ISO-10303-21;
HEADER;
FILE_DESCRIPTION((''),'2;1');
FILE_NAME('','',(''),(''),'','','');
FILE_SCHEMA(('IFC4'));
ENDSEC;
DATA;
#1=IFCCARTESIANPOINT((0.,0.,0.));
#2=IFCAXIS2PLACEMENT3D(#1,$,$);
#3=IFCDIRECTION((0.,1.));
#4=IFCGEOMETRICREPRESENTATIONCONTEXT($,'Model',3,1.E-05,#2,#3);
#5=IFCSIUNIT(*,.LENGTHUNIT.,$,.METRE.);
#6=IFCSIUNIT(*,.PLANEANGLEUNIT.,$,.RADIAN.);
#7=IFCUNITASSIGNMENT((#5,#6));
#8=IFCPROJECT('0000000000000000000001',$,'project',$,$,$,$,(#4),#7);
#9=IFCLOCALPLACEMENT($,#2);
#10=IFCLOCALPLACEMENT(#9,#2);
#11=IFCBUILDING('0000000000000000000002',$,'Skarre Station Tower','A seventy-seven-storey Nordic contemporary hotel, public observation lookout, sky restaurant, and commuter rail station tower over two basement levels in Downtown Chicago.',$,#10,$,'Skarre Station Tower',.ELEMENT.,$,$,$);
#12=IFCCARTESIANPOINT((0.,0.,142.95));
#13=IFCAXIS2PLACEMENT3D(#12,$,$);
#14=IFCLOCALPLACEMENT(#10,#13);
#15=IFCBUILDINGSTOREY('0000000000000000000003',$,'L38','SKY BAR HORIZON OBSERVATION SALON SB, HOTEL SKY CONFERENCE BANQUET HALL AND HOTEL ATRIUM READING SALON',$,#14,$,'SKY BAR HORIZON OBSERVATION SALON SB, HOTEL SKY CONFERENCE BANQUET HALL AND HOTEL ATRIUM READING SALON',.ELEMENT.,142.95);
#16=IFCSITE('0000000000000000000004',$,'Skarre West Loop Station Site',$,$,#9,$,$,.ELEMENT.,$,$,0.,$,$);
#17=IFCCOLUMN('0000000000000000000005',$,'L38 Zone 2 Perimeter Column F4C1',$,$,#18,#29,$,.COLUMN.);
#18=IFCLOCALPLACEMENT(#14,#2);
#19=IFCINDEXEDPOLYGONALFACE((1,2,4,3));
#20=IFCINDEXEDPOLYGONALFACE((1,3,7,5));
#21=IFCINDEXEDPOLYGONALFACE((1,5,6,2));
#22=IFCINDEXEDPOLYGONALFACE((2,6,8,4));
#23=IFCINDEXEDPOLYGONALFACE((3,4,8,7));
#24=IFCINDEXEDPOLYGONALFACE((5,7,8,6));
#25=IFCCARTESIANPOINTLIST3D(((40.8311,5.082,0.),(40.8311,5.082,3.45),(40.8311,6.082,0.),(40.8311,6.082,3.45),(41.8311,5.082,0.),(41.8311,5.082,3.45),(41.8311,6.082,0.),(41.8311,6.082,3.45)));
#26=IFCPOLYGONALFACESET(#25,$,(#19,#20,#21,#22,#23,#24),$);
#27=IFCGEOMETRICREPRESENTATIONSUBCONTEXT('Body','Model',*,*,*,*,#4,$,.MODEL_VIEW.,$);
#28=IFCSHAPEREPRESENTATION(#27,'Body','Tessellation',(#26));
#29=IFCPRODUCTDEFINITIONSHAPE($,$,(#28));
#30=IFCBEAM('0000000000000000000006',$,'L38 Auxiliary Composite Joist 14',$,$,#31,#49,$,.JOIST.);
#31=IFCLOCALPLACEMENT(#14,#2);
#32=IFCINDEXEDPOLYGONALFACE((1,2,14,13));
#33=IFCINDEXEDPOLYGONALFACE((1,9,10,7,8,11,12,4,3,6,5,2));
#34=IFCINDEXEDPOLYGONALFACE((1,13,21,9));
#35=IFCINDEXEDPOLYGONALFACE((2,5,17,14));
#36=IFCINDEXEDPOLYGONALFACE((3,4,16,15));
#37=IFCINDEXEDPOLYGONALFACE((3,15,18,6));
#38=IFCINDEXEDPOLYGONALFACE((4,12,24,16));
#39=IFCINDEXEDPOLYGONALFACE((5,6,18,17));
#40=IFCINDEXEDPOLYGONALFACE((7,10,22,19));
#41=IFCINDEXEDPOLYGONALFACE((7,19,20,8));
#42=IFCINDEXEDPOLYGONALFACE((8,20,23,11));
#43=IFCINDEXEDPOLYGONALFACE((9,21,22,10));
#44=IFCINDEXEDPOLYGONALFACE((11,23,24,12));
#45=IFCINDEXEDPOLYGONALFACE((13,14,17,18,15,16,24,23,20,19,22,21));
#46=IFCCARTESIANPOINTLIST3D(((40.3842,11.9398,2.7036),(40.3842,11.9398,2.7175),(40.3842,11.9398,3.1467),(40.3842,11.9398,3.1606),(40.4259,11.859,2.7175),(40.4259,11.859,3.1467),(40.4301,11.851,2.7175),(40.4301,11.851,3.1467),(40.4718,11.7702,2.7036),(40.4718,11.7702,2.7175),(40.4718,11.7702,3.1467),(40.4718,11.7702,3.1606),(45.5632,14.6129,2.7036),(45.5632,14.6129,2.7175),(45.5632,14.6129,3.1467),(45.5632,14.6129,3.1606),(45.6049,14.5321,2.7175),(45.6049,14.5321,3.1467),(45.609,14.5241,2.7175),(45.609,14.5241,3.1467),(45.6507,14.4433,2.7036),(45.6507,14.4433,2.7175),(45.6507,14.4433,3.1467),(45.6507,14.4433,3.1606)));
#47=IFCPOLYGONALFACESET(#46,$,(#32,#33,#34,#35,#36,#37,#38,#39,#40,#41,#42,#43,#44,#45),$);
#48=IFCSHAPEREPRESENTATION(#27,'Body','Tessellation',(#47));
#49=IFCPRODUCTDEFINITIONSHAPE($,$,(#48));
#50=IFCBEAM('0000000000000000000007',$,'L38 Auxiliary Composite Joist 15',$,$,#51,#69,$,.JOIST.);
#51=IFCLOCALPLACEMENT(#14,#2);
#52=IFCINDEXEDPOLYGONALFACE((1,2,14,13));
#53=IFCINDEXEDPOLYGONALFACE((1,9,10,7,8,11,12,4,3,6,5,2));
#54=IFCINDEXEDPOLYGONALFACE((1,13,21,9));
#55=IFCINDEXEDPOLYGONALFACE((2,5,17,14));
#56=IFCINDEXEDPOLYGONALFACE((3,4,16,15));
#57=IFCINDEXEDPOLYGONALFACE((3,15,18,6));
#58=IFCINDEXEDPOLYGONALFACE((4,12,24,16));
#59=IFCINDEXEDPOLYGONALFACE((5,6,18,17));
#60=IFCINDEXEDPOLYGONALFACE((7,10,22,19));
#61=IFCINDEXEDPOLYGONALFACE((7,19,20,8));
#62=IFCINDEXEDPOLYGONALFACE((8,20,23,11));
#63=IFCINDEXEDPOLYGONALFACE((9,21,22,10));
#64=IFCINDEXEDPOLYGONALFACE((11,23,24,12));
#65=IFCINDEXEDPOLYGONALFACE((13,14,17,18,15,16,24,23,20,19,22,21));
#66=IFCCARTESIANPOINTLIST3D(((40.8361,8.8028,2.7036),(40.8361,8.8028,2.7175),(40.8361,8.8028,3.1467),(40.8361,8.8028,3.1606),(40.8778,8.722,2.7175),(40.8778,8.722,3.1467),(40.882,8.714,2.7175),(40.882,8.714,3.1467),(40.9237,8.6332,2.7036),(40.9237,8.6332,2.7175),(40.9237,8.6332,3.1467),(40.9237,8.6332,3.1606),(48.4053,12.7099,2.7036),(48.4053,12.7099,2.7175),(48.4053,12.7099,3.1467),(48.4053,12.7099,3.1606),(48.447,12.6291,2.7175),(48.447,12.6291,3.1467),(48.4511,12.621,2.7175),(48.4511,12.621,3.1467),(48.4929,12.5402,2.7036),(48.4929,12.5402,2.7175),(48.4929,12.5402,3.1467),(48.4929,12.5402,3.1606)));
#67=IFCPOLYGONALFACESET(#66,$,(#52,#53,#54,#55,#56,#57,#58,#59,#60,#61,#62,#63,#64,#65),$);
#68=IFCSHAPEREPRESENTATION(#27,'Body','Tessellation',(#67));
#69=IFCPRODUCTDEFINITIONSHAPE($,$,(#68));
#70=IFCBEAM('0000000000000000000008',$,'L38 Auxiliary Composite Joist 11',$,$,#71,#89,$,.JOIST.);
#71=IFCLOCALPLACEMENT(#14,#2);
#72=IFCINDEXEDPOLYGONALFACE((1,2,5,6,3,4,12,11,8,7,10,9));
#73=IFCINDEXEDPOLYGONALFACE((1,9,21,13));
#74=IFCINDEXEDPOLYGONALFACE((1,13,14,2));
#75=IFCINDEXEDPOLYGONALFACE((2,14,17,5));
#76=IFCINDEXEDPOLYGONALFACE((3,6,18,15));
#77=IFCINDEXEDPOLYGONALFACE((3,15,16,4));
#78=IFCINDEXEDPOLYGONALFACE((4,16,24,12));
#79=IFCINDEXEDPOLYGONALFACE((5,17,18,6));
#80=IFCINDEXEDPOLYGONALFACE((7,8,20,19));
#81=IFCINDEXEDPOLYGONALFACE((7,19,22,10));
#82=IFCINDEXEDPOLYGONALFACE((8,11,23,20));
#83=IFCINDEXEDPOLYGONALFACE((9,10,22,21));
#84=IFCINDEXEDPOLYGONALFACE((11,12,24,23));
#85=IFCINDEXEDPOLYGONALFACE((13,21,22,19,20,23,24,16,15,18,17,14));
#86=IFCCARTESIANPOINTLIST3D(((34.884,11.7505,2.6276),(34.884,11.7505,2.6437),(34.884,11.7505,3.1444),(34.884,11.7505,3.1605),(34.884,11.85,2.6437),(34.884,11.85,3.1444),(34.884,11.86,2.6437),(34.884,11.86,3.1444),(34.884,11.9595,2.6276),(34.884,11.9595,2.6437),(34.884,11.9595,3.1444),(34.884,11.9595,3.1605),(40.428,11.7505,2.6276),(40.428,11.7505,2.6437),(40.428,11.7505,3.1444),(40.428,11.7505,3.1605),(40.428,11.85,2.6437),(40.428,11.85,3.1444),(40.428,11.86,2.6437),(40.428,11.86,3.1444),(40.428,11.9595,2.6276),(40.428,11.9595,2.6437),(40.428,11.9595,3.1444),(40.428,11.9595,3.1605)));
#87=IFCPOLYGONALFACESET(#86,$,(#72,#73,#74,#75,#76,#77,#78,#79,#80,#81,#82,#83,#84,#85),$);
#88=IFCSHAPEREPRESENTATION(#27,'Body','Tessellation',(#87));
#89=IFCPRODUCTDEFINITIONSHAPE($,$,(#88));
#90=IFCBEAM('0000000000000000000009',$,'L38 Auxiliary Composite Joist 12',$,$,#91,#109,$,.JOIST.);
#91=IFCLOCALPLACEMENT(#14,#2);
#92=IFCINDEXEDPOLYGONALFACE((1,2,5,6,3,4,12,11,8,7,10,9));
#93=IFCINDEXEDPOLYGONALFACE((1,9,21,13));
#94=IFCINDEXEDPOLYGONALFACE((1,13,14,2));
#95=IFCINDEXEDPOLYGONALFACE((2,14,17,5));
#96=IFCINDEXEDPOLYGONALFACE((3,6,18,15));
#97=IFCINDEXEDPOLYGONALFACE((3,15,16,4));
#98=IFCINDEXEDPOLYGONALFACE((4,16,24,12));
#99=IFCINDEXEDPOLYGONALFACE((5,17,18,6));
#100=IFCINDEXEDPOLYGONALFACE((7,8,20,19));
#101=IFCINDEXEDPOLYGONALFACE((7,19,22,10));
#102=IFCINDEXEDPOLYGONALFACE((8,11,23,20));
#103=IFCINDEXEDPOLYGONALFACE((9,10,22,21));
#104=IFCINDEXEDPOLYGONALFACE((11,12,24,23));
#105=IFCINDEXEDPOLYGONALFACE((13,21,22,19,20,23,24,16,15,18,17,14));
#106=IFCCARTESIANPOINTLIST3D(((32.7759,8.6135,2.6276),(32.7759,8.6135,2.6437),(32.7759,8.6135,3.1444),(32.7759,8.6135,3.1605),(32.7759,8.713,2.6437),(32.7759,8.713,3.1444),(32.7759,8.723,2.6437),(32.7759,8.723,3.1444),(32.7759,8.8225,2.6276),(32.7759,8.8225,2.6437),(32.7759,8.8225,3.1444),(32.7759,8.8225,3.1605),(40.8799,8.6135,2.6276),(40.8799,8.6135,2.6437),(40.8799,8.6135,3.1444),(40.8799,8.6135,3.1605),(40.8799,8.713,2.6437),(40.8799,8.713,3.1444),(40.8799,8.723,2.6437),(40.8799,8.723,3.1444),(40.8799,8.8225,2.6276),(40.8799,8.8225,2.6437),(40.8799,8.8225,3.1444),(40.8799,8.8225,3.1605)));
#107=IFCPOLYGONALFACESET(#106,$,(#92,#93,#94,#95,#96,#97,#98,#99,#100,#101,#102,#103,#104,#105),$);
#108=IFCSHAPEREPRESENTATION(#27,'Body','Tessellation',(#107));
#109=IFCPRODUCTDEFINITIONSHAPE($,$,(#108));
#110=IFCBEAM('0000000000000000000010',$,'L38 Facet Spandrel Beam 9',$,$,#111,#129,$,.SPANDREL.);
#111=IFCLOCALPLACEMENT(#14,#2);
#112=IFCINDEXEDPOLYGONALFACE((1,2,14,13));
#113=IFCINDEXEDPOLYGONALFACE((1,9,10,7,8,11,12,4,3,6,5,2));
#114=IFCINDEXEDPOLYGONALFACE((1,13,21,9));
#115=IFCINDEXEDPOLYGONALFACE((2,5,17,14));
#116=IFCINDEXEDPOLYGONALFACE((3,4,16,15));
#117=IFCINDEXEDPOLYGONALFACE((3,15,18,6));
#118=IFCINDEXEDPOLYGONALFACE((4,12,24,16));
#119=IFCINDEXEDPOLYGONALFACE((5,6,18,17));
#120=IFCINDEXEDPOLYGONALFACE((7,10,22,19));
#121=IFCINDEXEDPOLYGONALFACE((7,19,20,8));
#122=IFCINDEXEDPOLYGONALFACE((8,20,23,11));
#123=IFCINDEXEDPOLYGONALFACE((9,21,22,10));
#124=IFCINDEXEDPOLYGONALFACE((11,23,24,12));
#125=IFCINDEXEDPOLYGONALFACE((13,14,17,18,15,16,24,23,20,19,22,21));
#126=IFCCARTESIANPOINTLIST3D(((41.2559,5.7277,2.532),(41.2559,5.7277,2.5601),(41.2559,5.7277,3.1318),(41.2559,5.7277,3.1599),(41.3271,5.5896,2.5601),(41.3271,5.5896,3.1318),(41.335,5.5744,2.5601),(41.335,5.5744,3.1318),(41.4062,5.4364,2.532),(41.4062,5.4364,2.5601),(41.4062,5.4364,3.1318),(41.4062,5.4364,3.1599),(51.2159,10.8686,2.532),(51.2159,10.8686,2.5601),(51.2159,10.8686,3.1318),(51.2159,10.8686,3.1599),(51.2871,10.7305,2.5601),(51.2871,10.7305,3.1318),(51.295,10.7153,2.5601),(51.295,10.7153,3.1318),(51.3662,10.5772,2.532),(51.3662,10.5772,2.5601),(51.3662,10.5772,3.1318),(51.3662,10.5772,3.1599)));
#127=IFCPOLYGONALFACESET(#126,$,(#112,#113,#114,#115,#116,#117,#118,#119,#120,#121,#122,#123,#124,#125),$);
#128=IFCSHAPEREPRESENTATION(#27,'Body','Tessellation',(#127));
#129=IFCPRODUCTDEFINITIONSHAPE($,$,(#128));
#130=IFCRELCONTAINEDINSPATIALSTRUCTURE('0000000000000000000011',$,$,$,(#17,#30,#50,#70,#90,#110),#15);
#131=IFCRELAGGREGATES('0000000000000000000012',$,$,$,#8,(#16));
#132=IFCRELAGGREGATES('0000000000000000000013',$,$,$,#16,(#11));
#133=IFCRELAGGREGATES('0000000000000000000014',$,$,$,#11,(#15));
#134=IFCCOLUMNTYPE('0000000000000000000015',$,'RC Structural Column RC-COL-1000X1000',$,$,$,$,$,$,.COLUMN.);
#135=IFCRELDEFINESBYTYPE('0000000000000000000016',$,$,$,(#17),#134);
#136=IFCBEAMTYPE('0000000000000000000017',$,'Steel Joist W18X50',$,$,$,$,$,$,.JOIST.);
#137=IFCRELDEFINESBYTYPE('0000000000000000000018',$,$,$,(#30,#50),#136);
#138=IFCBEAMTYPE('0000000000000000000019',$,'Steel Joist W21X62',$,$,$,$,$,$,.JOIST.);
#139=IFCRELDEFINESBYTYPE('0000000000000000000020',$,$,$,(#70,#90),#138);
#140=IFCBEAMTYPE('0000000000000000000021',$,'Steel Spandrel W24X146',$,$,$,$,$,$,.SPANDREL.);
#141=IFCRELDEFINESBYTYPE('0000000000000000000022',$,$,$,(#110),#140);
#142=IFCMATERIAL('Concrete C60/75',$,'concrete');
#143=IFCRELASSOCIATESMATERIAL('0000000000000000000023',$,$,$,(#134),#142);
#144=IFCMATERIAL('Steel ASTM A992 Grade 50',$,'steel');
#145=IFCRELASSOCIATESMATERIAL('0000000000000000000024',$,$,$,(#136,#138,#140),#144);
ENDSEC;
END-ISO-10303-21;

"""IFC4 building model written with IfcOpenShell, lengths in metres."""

from ifc_helpers import new_model, si_unit, direction, frame, origin, origin_2d, place, context, subcontext, project, spatial, rectangle, i_section, extrude, material, material_profile, profile_set, type_object, element, save


model = new_model("IFC4")

# Units and contexts
model_context = context("Model", 3, precision=1e-05, world=origin(), true_north=direction((0.0, 1.0)))
body_context = subcontext(model_context, "Body", "Model", "MODEL_VIEW")
ifc_project = project(units=[si_unit("LENGTHUNIT", "METRE"), si_unit("PLANEANGLEUNIT", "RADIAN")], contexts=[model_context])

# Site, building, storey
site_placement = place(None, origin())
site = spatial("IfcSite", under=ifc_project, at=site_placement, Name="Skarre West Loop Station Site", CompositionType="ELEMENT", RefElevation=0.0)
building_placement = place(site_placement, origin())
building = spatial("IfcBuilding", under=site, at=building_placement, Name="Skarre Station Tower", Description="A seventy-seven-storey Nordic contemporary hotel, public observation lookout, sky restaurant, and commuter rail station tower over two basement levels in Downtown Chicago.", LongName="Skarre Station Tower", CompositionType="ELEMENT")
storey_placement = place(building_placement, frame((0.0, 0.0, 142.95)))
storey = spatial("IfcBuildingStorey", under=building, at=storey_placement, Name="L38", Description="SKY BAR HORIZON OBSERVATION SALON SB, HOTEL SKY CONFERENCE BANQUET HALL AND HOTEL ATRIUM READING SALON", LongName="SKY BAR HORIZON OBSERVATION SALON SB, HOTEL SKY CONFERENCE BANQUET HALL AND HOTEL ATRIUM READING SALON", CompositionType="ELEMENT", Elevation=142.95)

# Column
ifc_material_1 = material(Name="Concrete C60/75", Category="concrete")
ifc_material_profile_1 = material_profile(ifc_material_1, rectangle(XDim=1.0, YDim=1.0, at=origin_2d()), Name="Concrete C60/75")
ifc_profile_set_1 = profile_set([ifc_material_profile_1], Name="Concrete C60/75")
column_type = type_object("IfcColumnType", Name="RC Structural Column RC-COL-1000X1000", PredefinedType="COLUMN", material=ifc_profile_set_1)
column_placement = place(storey_placement, frame((41.3311, 5.582, 0.0), z_axis=(0.0, 0.0, 1.0), x_axis=(1.0, 0.0, 0.0)))
element("IfcColumn", 1, at=column_placement, inside=storey, type_object=column_type, Name="L38 Zone 2 Perimeter Column F4C1", PredefinedType="COLUMN", context=body_context, shape_type="SweptSolid", body=[
    extrude(rectangle(XDim=1.0, YDim=1.0, at=origin_2d()), origin(), (0.0, 0.0, 1.0), 3.45),
])

# Beams
ifc_material_2 = material(Name="Steel ASTM A992 Grade 50", Category="steel")
ifc_material_profile_2 = material_profile(ifc_material_2, i_section(OverallWidth=0.1909, OverallDepth=0.457, WebThickness=0.009, FlangeThickness=0.0139, at=origin_2d()), Name="Steel ASTM A992 Grade 50")
ifc_profile_set_2 = profile_set([ifc_material_profile_2], Name="Steel ASTM A992 Grade 50")
beam_type_1 = type_object("IfcBeamType", Name="Steel Joist W18X50", PredefinedType="JOIST", material=ifc_profile_set_2)
beam_1_placement = place(storey_placement, frame((40.428, 11.855, 2.9321), z_axis=(0.888615, 0.458655, 0.0), x_axis=(-0.458655, 0.888615, 0.0)))
element("IfcBeam", 2, at=beam_1_placement, inside=storey, type_object=beam_type_1, Name="L38 Auxiliary Composite Joist 14", PredefinedType="JOIST", context=body_context, shape_type="SweptSolid", body=[
    extrude(i_section(OverallWidth=0.1909, OverallDepth=0.457, WebThickness=0.009, FlangeThickness=0.0139, at=origin_2d()), origin(), (0.0, 0.0, 1.0), 5.8281),
])
beam_2_placement = place(storey_placement, frame((40.8799, 8.718, 2.9321), z_axis=(0.888604, 0.458676, 0.0), x_axis=(-0.458676, 0.888604, 0.0)))
element("IfcBeam", 3, at=beam_2_placement, inside=storey, type_object=beam_type_1, Name="L38 Auxiliary Composite Joist 15", PredefinedType="JOIST", context=body_context, shape_type="SweptSolid", body=[
    extrude(i_section(OverallWidth=0.1909, OverallDepth=0.457, WebThickness=0.009, FlangeThickness=0.0139, at=origin_2d()), origin(), (0.0, 0.0, 1.0), 8.5181),
])
ifc_material_profile_3 = material_profile(ifc_material_2, i_section(OverallWidth=0.209, OverallDepth=0.533, WebThickness=0.01, FlangeThickness=0.0161, at=origin_2d()), Name="Steel ASTM A992 Grade 50")
ifc_profile_set_3 = profile_set([ifc_material_profile_3], Name="Steel ASTM A992 Grade 50")
beam_type_2 = type_object("IfcBeamType", Name="Steel Joist W21X62", PredefinedType="JOIST", material=ifc_profile_set_3)
beam_3_placement = place(storey_placement, frame((34.884, 11.855, 2.894), z_axis=(1.0, 0.0, 0.0), x_axis=(0.0, 1.0, 0.0)))
element("IfcBeam", 4, at=beam_3_placement, inside=storey, type_object=beam_type_2, Name="L38 Auxiliary Composite Joist 11", PredefinedType="JOIST", context=body_context, shape_type="SweptSolid", body=[
    extrude(i_section(OverallWidth=0.209, OverallDepth=0.533, WebThickness=0.01, FlangeThickness=0.0161, at=origin_2d()), origin(), (0.0, 0.0, 1.0), 5.5439),
])
beam_4_placement = place(storey_placement, frame((32.7759, 8.718, 2.894), z_axis=(1.0, 0.0, 0.0), x_axis=(0.0, 1.0, 0.0)))
element("IfcBeam", 5, at=beam_4_placement, inside=storey, type_object=beam_type_2, Name="L38 Auxiliary Composite Joist 12", PredefinedType="JOIST", context=body_context, shape_type="SweptSolid", body=[
    extrude(i_section(OverallWidth=0.209, OverallDepth=0.533, WebThickness=0.01, FlangeThickness=0.0161, at=origin_2d()), origin(), (0.0, 0.0, 1.0), 8.104),
])
ifc_material_profile_4 = material_profile(ifc_material_2, i_section(OverallWidth=0.3279, OverallDepth=0.6279, WebThickness=0.0171, FlangeThickness=0.0281, at=origin_2d()), Name="Steel ASTM A992 Grade 50")
ifc_profile_set_4 = profile_set([ifc_material_profile_4], Name="Steel ASTM A992 Grade 50")
beam_type_3 = type_object("IfcBeamType", Name="Steel Spandrel W24X146", PredefinedType="SPANDREL", material=ifc_profile_set_4)
beam_5_placement = place(storey_placement, frame((41.3311, 5.582, 2.8459), z_axis=(0.888612, 0.45866, 0.0), x_axis=(-0.45866, 0.888612, 0.0)))
element("IfcBeam", 6, at=beam_5_placement, inside=storey, type_object=beam_type_3, Name="L38 Facet Spandrel Beam 9", PredefinedType="SPANDREL", context=body_context, shape_type="SweptSolid", body=[
    extrude(i_section(OverallWidth=0.3279, OverallDepth=0.6279, WebThickness=0.0171, FlangeThickness=0.0281, at=origin_2d()), origin(), (0.0, 0.0, 1.0), 11.2085),
])

save(model, "model.ifc")
